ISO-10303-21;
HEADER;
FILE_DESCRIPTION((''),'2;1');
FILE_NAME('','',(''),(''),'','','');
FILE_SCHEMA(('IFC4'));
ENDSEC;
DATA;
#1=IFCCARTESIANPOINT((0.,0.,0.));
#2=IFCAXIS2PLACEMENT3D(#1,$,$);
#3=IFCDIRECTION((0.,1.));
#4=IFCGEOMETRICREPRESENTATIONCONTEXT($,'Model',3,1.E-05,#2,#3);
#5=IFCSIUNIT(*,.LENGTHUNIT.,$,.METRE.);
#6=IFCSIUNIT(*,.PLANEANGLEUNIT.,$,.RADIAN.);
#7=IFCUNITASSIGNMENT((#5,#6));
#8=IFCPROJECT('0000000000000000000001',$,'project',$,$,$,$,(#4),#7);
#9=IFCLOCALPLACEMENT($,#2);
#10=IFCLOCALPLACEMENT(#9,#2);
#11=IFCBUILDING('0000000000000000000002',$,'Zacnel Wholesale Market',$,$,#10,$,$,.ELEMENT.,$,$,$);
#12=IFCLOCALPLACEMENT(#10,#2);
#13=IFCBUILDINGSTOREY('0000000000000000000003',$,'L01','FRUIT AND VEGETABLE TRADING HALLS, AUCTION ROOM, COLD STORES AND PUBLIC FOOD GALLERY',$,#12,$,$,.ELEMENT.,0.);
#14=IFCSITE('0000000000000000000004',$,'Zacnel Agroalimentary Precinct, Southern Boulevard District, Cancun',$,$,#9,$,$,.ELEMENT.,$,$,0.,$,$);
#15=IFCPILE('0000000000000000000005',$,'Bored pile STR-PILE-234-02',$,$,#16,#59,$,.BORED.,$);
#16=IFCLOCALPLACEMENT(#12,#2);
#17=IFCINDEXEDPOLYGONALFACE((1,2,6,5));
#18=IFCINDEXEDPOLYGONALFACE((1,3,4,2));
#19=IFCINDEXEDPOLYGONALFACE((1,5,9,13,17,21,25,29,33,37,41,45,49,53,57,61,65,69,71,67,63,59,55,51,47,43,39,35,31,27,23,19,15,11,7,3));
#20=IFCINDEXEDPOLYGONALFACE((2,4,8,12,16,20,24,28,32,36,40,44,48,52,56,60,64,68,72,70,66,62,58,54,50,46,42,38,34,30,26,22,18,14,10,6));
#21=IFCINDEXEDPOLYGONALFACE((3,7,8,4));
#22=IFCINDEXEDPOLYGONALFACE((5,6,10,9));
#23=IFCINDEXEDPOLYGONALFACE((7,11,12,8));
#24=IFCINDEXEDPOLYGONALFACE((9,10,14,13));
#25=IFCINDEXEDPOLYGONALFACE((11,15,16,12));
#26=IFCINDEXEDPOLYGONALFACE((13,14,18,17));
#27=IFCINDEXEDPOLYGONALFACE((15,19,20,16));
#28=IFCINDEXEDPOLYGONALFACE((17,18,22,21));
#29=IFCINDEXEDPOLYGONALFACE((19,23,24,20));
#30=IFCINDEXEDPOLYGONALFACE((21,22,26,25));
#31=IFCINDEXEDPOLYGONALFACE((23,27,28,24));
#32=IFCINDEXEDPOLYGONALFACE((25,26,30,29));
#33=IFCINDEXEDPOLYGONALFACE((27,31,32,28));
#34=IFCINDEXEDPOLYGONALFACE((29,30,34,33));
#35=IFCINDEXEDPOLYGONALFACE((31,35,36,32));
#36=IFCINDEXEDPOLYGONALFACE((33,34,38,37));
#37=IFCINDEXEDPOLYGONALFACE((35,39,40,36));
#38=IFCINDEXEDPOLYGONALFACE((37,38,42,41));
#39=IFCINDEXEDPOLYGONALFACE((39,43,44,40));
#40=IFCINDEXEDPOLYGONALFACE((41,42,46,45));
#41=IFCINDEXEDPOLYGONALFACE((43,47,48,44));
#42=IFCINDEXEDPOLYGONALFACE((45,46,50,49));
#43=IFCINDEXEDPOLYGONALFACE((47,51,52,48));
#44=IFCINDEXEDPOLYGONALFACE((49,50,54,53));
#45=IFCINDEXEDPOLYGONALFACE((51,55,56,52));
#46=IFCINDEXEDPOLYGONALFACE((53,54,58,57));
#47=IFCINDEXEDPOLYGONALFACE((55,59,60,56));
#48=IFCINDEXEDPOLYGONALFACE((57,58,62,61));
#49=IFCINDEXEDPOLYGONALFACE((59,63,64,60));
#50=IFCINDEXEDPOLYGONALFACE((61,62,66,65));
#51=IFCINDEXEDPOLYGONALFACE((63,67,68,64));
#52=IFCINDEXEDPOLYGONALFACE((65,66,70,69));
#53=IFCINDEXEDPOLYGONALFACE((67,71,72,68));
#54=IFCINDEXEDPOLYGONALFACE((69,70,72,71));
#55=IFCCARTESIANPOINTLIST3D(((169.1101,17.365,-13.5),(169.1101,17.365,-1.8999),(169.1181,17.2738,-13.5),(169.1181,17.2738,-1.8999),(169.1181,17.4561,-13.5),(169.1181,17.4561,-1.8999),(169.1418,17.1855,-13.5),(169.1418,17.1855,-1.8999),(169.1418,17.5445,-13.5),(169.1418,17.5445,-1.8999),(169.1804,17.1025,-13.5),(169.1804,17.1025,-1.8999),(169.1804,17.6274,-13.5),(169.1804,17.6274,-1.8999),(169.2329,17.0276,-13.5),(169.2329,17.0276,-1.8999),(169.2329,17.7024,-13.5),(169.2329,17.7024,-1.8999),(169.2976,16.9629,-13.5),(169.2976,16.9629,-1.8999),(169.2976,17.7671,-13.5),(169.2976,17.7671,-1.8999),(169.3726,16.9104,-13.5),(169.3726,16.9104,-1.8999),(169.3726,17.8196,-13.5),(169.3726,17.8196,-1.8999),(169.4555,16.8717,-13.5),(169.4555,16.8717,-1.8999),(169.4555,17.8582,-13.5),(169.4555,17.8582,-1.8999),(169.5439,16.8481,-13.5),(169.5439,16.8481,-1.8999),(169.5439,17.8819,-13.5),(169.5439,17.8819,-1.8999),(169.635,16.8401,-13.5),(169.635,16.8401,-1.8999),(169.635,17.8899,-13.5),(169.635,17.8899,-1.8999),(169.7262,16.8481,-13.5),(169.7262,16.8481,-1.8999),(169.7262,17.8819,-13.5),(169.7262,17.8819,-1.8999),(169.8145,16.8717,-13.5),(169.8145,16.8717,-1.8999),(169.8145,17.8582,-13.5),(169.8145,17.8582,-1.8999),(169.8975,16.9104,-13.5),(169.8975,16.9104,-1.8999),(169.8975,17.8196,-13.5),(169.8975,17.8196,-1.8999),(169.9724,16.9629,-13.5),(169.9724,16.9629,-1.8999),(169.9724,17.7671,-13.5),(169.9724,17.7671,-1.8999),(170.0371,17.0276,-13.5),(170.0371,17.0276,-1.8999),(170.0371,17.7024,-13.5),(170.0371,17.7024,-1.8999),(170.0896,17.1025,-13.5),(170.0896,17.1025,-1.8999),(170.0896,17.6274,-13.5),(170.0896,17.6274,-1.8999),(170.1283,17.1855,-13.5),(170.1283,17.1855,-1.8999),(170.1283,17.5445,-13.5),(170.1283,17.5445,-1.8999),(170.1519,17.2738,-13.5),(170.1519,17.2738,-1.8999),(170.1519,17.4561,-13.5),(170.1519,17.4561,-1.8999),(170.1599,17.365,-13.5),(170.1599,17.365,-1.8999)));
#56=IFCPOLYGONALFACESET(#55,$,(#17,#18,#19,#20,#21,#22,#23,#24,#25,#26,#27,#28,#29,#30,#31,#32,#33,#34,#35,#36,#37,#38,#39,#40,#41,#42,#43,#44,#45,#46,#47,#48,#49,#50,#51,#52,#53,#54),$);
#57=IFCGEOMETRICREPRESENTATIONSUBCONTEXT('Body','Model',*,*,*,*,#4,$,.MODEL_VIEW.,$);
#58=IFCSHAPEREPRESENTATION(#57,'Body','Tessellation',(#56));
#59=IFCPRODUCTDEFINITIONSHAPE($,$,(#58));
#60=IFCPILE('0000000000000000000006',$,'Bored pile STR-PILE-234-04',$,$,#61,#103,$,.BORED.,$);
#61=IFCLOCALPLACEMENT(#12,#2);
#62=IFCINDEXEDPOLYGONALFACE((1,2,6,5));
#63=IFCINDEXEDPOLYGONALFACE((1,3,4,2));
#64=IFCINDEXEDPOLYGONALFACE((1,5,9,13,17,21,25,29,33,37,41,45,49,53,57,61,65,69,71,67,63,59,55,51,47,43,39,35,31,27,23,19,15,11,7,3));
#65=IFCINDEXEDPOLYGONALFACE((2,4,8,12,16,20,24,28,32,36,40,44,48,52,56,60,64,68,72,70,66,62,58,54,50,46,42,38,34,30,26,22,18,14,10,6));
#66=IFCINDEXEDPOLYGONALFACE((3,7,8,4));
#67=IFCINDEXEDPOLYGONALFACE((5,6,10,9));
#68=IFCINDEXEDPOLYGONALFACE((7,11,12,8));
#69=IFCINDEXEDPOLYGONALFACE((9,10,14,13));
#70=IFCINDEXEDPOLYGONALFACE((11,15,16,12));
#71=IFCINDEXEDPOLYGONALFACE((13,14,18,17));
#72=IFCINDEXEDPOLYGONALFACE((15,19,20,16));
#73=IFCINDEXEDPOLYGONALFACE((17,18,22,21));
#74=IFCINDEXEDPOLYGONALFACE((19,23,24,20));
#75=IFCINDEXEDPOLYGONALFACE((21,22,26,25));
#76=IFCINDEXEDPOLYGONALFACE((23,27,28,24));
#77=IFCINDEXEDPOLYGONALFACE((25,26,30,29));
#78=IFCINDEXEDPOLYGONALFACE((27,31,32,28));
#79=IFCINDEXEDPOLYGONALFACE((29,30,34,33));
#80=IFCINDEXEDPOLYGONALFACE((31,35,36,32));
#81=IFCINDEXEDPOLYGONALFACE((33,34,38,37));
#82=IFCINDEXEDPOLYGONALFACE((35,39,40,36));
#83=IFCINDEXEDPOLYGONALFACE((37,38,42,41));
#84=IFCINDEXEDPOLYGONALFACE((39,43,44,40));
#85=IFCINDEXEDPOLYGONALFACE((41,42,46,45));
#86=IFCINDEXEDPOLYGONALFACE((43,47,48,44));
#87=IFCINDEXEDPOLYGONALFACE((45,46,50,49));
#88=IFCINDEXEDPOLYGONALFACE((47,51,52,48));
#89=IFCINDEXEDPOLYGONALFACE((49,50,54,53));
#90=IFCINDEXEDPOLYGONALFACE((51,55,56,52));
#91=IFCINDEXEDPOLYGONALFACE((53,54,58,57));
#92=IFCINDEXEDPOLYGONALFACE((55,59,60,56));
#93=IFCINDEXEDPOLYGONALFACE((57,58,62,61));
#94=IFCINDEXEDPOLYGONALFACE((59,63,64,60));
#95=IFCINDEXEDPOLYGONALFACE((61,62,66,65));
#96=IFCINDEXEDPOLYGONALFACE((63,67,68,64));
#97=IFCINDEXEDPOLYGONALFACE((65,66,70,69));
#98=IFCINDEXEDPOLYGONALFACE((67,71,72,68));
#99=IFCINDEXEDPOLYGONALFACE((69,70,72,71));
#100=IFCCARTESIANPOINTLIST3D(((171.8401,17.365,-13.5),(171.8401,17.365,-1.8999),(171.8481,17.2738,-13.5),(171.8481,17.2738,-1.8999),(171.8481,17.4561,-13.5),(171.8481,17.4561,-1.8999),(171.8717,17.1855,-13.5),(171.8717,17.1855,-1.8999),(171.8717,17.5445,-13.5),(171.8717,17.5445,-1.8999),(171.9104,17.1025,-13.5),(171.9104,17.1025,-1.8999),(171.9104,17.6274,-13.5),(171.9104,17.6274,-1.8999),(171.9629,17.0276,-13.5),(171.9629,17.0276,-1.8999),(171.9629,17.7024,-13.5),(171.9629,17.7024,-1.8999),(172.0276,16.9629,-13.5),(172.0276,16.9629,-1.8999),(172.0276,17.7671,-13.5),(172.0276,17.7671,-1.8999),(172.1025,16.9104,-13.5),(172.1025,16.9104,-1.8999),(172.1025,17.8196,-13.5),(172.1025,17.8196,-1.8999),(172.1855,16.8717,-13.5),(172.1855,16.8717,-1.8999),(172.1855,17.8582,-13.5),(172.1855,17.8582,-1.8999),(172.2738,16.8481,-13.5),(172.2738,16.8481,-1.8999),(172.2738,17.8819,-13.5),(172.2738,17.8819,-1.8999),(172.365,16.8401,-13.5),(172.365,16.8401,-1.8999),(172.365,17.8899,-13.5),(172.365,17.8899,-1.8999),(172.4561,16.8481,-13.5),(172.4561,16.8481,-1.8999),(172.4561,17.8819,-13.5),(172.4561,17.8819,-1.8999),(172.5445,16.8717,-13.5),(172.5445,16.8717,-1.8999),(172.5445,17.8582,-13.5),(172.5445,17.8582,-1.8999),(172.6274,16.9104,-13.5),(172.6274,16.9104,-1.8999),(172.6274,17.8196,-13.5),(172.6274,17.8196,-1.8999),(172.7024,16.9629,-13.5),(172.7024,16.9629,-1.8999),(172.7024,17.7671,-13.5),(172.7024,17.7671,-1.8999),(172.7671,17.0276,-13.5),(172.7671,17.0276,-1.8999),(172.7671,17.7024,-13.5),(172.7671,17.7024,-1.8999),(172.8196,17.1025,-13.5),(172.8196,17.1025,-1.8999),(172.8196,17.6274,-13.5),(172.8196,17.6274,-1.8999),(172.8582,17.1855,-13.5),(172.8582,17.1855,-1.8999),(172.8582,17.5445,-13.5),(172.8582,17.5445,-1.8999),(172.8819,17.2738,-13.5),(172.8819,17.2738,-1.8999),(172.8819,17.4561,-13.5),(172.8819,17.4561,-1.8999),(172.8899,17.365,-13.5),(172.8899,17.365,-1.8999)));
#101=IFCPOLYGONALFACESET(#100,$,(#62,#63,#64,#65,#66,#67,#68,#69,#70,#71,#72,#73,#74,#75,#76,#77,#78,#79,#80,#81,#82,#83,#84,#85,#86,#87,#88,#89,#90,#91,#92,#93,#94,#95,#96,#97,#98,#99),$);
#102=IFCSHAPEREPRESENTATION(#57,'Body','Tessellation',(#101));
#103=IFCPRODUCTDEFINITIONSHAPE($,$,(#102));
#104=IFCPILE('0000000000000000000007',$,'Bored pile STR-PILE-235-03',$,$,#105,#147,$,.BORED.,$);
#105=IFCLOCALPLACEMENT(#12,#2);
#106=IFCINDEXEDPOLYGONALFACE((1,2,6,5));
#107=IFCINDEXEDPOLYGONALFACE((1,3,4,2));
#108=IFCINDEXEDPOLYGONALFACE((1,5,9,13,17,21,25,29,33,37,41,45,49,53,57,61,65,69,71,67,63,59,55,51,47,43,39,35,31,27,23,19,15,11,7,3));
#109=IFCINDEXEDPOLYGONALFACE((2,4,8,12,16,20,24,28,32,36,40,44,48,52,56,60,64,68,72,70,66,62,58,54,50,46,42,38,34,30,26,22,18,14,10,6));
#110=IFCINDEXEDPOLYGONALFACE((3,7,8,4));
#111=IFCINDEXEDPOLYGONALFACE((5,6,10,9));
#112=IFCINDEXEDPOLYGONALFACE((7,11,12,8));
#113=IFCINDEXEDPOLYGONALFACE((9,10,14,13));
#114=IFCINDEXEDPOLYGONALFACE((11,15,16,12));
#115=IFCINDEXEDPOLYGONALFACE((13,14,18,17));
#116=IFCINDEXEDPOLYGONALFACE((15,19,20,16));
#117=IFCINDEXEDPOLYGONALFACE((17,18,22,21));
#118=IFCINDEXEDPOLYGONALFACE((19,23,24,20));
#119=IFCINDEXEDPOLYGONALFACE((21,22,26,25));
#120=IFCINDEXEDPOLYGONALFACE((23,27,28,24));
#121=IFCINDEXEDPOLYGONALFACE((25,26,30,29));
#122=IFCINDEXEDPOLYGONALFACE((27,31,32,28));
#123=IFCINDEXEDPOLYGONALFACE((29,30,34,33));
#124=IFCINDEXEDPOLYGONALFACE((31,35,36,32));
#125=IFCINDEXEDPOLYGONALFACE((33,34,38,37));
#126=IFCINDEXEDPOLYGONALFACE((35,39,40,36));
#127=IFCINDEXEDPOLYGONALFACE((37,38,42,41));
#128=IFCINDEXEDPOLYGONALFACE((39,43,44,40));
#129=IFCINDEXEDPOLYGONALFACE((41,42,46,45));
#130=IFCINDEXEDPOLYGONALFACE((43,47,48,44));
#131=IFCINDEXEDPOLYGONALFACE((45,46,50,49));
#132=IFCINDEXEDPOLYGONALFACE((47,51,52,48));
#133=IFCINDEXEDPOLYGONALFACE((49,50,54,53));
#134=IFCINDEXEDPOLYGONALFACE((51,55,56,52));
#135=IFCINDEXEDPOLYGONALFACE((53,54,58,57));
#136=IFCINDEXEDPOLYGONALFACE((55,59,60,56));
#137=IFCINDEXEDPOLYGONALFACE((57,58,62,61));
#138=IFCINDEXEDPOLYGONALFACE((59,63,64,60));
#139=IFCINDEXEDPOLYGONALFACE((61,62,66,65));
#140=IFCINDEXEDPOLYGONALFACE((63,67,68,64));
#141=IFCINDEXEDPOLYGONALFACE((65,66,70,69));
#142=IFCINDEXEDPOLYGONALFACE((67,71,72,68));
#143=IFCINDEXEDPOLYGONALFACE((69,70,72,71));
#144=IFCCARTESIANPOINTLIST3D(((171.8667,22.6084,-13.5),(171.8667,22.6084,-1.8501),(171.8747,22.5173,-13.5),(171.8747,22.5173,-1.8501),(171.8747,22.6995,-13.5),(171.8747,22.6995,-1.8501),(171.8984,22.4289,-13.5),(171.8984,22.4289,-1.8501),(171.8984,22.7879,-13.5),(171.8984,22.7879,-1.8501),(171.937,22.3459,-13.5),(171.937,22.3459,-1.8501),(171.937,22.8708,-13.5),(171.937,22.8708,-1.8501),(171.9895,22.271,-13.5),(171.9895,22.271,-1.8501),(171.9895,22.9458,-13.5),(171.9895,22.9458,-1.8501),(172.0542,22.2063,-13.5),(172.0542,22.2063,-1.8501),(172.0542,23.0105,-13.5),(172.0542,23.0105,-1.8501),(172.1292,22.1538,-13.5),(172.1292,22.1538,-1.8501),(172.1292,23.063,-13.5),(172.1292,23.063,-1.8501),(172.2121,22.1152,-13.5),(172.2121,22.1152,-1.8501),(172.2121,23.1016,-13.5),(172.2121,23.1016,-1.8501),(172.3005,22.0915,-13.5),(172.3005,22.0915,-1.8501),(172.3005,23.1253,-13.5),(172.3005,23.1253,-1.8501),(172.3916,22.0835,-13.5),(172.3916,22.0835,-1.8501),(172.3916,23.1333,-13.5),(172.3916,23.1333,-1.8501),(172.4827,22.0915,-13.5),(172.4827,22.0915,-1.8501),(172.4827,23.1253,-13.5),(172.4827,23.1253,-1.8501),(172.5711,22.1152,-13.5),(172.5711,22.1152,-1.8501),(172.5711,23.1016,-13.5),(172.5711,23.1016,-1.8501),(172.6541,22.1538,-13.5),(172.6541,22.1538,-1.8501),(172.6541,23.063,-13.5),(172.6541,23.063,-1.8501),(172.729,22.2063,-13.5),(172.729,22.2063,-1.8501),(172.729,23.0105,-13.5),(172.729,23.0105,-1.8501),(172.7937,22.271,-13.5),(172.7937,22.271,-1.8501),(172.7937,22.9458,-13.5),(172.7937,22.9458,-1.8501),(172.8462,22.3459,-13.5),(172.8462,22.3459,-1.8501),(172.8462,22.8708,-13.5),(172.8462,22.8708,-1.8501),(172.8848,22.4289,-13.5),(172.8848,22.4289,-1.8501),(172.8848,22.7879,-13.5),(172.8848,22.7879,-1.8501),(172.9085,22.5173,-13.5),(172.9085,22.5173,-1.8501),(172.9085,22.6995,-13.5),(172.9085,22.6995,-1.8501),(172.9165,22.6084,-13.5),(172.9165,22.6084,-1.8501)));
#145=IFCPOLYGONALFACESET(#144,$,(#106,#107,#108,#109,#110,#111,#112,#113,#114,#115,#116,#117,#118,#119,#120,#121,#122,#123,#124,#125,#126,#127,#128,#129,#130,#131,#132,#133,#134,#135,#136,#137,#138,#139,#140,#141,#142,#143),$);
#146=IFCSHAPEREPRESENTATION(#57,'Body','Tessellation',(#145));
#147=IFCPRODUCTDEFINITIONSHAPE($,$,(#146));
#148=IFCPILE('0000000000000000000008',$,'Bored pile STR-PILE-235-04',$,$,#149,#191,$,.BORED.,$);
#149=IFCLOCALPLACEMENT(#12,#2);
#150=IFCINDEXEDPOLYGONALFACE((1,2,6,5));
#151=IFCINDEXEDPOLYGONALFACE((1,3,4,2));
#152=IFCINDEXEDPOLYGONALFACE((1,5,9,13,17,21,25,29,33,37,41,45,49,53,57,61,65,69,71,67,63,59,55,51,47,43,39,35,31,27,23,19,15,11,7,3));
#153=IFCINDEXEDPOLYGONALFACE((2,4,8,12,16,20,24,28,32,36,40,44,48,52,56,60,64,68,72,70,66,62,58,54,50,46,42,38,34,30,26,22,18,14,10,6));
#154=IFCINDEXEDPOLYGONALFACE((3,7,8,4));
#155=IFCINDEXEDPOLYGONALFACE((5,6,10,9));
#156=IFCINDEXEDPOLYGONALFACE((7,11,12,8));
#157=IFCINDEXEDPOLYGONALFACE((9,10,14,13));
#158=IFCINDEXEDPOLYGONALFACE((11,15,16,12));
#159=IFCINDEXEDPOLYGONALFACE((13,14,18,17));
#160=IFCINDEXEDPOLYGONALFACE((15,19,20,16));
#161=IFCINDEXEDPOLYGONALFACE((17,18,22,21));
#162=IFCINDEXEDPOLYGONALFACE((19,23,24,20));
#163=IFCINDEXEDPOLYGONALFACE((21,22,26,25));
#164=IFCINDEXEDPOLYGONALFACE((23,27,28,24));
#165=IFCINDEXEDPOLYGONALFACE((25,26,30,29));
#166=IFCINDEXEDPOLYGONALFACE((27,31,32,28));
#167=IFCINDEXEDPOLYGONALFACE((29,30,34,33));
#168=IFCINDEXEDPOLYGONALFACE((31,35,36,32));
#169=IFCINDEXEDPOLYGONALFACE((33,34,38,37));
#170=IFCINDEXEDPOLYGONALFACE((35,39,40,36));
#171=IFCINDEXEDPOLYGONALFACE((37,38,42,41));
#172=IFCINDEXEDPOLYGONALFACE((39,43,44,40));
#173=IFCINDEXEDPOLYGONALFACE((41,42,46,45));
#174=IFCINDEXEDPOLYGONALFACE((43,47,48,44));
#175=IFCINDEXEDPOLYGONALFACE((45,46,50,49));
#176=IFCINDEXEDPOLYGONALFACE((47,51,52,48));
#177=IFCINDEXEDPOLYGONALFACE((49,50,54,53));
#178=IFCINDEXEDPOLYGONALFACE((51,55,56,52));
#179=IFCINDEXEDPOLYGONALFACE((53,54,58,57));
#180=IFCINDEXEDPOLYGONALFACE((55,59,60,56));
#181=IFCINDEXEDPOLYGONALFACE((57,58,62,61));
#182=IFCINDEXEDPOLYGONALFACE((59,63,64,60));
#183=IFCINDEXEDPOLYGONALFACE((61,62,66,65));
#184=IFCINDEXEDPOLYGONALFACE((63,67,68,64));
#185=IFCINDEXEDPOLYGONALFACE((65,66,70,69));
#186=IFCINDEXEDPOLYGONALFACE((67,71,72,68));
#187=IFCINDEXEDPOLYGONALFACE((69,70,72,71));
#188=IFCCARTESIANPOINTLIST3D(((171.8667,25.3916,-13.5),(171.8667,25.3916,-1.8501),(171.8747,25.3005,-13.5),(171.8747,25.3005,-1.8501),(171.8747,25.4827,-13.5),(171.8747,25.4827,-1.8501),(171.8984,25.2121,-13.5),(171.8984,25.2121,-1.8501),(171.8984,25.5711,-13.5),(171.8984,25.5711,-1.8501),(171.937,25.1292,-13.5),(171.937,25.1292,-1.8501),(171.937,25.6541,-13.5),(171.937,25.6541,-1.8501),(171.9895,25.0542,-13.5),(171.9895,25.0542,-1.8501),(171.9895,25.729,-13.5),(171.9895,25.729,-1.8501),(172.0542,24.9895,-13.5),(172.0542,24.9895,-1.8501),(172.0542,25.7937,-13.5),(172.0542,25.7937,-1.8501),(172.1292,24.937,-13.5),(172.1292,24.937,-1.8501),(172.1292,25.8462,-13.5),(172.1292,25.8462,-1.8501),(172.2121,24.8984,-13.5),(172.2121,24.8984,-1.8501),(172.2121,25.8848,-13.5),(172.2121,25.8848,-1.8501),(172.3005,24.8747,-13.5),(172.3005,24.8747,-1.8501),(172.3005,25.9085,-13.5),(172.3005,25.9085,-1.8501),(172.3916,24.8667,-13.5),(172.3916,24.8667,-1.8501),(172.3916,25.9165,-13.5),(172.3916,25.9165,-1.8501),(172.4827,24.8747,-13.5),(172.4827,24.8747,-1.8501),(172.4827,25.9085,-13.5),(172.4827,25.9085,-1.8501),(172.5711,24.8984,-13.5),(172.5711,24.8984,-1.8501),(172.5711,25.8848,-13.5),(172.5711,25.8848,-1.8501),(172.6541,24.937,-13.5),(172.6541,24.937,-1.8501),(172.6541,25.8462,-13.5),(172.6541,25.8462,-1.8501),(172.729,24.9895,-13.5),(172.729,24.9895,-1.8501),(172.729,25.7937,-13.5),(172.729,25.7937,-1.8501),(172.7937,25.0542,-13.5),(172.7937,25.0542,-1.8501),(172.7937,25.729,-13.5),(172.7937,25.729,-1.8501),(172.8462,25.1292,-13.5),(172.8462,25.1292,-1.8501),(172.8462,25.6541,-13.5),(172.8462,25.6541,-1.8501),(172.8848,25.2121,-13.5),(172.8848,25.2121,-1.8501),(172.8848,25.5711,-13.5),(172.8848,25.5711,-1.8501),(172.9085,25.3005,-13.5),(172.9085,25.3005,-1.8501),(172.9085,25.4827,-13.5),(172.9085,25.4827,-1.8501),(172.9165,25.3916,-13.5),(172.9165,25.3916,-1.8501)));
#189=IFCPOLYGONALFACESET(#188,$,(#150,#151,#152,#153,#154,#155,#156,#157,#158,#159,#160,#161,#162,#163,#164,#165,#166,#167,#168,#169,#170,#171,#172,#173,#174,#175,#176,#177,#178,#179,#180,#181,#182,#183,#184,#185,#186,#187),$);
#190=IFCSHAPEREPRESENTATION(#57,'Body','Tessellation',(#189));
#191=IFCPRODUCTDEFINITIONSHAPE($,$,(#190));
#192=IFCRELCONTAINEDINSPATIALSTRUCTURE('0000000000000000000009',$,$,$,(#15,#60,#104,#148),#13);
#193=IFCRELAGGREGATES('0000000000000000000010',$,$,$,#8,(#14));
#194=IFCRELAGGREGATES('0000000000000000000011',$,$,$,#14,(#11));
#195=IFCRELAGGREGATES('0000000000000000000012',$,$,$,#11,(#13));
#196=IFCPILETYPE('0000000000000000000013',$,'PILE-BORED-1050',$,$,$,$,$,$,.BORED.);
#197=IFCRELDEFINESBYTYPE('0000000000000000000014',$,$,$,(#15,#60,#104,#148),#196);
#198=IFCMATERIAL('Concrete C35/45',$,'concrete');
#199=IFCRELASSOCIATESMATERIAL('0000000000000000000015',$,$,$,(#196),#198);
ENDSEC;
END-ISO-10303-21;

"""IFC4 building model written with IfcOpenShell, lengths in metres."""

from ifc_helpers import new_model, si_unit, direction, frame, origin, origin_2d, place, context, subcontext, project, spatial, circle, extrude, material, material_profile, profile_set, type_object, element, save


model = new_model("IFC4")

# Units and contexts
model_context = context("Model", 3, precision=1e-05, world=origin(), true_north=direction((0.0, 1.0)))
body_context = subcontext(model_context, "Body", "Model", "MODEL_VIEW")
ifc_project = project(units=[si_unit("LENGTHUNIT", "METRE"), si_unit("PLANEANGLEUNIT", "RADIAN")], contexts=[model_context])

# Site, building, storey
site_placement = place(None, origin())
site = spatial("IfcSite", under=ifc_project, at=site_placement, Name="Zacnel Agroalimentary Precinct, Southern Boulevard District, Cancun", CompositionType="ELEMENT", RefElevation=0.0)
building_placement = place(site_placement, origin())
building = spatial("IfcBuilding", under=site, at=building_placement, Name="Zacnel Wholesale Market", CompositionType="ELEMENT")
storey_placement = place(building_placement, origin())
storey = spatial("IfcBuildingStorey", under=building, at=storey_placement, Name="L01", Description="FRUIT AND VEGETABLE TRADING HALLS, AUCTION ROOM, COLD STORES AND PUBLIC FOOD GALLERY", CompositionType="ELEMENT", Elevation=0.0)

# Piles
ifc_material_1 = material(Name="Concrete C35/45", Category="concrete")
ifc_material_profile_1 = material_profile(ifc_material_1, circle(Radius=0.5249, at=origin_2d()), Name="BORED PILE D1050")
ifc_profile_set_1 = profile_set([ifc_material_profile_1], Name="Concrete C35/45")
pile_type = type_object("IfcPileType", Name="PILE-BORED-1050", PredefinedType="BORED", material=ifc_profile_set_1)
for number, where, z_axis, x_axis, name in (
    (1, (169.635, 17.365, -1.8999), (0.0, 0.0, -1.0), (1.0, 0.0, 0.0), "Bored pile STR-PILE-234-02"),
    (2, (172.365, 17.365, -1.8999), (0.0, 0.0, -1.0), (1.0, 0.0, 0.0), "Bored pile STR-PILE-234-04"),
):
    element("IfcPile", number, at=place(storey_placement, frame(where, z_axis=z_axis, x_axis=x_axis)), inside=storey, type_object=pile_type, Name=name, PredefinedType="BORED", context=body_context, shape_type="SweptSolid", body=[
        extrude(circle(Radius=0.5249, at=origin_2d()), origin(), (0.0, 0.0, 1.0), 11.6001),
    ])
for number, where, z_axis, x_axis, name in (
    (3, (172.3916, 22.6084, -1.8501), (0.0, 0.0, -1.0), (1.0, 0.0, 0.0), "Bored pile STR-PILE-235-03"),
    (4, (172.3916, 25.3916, -1.8501), (0.0, 0.0, -1.0), (1.0, 0.0, 0.0), "Bored pile STR-PILE-235-04"),
):
    element("IfcPile", number, at=place(storey_placement, frame(where, z_axis=z_axis, x_axis=x_axis)), inside=storey, type_object=pile_type, Name=name, PredefinedType="BORED", context=body_context, shape_type="SweptSolid", body=[
        extrude(circle(Radius=0.5249, at=origin_2d()), origin(), (0.0, 0.0, 1.0), 11.6499),
    ])

save(model, "model.ifc")
